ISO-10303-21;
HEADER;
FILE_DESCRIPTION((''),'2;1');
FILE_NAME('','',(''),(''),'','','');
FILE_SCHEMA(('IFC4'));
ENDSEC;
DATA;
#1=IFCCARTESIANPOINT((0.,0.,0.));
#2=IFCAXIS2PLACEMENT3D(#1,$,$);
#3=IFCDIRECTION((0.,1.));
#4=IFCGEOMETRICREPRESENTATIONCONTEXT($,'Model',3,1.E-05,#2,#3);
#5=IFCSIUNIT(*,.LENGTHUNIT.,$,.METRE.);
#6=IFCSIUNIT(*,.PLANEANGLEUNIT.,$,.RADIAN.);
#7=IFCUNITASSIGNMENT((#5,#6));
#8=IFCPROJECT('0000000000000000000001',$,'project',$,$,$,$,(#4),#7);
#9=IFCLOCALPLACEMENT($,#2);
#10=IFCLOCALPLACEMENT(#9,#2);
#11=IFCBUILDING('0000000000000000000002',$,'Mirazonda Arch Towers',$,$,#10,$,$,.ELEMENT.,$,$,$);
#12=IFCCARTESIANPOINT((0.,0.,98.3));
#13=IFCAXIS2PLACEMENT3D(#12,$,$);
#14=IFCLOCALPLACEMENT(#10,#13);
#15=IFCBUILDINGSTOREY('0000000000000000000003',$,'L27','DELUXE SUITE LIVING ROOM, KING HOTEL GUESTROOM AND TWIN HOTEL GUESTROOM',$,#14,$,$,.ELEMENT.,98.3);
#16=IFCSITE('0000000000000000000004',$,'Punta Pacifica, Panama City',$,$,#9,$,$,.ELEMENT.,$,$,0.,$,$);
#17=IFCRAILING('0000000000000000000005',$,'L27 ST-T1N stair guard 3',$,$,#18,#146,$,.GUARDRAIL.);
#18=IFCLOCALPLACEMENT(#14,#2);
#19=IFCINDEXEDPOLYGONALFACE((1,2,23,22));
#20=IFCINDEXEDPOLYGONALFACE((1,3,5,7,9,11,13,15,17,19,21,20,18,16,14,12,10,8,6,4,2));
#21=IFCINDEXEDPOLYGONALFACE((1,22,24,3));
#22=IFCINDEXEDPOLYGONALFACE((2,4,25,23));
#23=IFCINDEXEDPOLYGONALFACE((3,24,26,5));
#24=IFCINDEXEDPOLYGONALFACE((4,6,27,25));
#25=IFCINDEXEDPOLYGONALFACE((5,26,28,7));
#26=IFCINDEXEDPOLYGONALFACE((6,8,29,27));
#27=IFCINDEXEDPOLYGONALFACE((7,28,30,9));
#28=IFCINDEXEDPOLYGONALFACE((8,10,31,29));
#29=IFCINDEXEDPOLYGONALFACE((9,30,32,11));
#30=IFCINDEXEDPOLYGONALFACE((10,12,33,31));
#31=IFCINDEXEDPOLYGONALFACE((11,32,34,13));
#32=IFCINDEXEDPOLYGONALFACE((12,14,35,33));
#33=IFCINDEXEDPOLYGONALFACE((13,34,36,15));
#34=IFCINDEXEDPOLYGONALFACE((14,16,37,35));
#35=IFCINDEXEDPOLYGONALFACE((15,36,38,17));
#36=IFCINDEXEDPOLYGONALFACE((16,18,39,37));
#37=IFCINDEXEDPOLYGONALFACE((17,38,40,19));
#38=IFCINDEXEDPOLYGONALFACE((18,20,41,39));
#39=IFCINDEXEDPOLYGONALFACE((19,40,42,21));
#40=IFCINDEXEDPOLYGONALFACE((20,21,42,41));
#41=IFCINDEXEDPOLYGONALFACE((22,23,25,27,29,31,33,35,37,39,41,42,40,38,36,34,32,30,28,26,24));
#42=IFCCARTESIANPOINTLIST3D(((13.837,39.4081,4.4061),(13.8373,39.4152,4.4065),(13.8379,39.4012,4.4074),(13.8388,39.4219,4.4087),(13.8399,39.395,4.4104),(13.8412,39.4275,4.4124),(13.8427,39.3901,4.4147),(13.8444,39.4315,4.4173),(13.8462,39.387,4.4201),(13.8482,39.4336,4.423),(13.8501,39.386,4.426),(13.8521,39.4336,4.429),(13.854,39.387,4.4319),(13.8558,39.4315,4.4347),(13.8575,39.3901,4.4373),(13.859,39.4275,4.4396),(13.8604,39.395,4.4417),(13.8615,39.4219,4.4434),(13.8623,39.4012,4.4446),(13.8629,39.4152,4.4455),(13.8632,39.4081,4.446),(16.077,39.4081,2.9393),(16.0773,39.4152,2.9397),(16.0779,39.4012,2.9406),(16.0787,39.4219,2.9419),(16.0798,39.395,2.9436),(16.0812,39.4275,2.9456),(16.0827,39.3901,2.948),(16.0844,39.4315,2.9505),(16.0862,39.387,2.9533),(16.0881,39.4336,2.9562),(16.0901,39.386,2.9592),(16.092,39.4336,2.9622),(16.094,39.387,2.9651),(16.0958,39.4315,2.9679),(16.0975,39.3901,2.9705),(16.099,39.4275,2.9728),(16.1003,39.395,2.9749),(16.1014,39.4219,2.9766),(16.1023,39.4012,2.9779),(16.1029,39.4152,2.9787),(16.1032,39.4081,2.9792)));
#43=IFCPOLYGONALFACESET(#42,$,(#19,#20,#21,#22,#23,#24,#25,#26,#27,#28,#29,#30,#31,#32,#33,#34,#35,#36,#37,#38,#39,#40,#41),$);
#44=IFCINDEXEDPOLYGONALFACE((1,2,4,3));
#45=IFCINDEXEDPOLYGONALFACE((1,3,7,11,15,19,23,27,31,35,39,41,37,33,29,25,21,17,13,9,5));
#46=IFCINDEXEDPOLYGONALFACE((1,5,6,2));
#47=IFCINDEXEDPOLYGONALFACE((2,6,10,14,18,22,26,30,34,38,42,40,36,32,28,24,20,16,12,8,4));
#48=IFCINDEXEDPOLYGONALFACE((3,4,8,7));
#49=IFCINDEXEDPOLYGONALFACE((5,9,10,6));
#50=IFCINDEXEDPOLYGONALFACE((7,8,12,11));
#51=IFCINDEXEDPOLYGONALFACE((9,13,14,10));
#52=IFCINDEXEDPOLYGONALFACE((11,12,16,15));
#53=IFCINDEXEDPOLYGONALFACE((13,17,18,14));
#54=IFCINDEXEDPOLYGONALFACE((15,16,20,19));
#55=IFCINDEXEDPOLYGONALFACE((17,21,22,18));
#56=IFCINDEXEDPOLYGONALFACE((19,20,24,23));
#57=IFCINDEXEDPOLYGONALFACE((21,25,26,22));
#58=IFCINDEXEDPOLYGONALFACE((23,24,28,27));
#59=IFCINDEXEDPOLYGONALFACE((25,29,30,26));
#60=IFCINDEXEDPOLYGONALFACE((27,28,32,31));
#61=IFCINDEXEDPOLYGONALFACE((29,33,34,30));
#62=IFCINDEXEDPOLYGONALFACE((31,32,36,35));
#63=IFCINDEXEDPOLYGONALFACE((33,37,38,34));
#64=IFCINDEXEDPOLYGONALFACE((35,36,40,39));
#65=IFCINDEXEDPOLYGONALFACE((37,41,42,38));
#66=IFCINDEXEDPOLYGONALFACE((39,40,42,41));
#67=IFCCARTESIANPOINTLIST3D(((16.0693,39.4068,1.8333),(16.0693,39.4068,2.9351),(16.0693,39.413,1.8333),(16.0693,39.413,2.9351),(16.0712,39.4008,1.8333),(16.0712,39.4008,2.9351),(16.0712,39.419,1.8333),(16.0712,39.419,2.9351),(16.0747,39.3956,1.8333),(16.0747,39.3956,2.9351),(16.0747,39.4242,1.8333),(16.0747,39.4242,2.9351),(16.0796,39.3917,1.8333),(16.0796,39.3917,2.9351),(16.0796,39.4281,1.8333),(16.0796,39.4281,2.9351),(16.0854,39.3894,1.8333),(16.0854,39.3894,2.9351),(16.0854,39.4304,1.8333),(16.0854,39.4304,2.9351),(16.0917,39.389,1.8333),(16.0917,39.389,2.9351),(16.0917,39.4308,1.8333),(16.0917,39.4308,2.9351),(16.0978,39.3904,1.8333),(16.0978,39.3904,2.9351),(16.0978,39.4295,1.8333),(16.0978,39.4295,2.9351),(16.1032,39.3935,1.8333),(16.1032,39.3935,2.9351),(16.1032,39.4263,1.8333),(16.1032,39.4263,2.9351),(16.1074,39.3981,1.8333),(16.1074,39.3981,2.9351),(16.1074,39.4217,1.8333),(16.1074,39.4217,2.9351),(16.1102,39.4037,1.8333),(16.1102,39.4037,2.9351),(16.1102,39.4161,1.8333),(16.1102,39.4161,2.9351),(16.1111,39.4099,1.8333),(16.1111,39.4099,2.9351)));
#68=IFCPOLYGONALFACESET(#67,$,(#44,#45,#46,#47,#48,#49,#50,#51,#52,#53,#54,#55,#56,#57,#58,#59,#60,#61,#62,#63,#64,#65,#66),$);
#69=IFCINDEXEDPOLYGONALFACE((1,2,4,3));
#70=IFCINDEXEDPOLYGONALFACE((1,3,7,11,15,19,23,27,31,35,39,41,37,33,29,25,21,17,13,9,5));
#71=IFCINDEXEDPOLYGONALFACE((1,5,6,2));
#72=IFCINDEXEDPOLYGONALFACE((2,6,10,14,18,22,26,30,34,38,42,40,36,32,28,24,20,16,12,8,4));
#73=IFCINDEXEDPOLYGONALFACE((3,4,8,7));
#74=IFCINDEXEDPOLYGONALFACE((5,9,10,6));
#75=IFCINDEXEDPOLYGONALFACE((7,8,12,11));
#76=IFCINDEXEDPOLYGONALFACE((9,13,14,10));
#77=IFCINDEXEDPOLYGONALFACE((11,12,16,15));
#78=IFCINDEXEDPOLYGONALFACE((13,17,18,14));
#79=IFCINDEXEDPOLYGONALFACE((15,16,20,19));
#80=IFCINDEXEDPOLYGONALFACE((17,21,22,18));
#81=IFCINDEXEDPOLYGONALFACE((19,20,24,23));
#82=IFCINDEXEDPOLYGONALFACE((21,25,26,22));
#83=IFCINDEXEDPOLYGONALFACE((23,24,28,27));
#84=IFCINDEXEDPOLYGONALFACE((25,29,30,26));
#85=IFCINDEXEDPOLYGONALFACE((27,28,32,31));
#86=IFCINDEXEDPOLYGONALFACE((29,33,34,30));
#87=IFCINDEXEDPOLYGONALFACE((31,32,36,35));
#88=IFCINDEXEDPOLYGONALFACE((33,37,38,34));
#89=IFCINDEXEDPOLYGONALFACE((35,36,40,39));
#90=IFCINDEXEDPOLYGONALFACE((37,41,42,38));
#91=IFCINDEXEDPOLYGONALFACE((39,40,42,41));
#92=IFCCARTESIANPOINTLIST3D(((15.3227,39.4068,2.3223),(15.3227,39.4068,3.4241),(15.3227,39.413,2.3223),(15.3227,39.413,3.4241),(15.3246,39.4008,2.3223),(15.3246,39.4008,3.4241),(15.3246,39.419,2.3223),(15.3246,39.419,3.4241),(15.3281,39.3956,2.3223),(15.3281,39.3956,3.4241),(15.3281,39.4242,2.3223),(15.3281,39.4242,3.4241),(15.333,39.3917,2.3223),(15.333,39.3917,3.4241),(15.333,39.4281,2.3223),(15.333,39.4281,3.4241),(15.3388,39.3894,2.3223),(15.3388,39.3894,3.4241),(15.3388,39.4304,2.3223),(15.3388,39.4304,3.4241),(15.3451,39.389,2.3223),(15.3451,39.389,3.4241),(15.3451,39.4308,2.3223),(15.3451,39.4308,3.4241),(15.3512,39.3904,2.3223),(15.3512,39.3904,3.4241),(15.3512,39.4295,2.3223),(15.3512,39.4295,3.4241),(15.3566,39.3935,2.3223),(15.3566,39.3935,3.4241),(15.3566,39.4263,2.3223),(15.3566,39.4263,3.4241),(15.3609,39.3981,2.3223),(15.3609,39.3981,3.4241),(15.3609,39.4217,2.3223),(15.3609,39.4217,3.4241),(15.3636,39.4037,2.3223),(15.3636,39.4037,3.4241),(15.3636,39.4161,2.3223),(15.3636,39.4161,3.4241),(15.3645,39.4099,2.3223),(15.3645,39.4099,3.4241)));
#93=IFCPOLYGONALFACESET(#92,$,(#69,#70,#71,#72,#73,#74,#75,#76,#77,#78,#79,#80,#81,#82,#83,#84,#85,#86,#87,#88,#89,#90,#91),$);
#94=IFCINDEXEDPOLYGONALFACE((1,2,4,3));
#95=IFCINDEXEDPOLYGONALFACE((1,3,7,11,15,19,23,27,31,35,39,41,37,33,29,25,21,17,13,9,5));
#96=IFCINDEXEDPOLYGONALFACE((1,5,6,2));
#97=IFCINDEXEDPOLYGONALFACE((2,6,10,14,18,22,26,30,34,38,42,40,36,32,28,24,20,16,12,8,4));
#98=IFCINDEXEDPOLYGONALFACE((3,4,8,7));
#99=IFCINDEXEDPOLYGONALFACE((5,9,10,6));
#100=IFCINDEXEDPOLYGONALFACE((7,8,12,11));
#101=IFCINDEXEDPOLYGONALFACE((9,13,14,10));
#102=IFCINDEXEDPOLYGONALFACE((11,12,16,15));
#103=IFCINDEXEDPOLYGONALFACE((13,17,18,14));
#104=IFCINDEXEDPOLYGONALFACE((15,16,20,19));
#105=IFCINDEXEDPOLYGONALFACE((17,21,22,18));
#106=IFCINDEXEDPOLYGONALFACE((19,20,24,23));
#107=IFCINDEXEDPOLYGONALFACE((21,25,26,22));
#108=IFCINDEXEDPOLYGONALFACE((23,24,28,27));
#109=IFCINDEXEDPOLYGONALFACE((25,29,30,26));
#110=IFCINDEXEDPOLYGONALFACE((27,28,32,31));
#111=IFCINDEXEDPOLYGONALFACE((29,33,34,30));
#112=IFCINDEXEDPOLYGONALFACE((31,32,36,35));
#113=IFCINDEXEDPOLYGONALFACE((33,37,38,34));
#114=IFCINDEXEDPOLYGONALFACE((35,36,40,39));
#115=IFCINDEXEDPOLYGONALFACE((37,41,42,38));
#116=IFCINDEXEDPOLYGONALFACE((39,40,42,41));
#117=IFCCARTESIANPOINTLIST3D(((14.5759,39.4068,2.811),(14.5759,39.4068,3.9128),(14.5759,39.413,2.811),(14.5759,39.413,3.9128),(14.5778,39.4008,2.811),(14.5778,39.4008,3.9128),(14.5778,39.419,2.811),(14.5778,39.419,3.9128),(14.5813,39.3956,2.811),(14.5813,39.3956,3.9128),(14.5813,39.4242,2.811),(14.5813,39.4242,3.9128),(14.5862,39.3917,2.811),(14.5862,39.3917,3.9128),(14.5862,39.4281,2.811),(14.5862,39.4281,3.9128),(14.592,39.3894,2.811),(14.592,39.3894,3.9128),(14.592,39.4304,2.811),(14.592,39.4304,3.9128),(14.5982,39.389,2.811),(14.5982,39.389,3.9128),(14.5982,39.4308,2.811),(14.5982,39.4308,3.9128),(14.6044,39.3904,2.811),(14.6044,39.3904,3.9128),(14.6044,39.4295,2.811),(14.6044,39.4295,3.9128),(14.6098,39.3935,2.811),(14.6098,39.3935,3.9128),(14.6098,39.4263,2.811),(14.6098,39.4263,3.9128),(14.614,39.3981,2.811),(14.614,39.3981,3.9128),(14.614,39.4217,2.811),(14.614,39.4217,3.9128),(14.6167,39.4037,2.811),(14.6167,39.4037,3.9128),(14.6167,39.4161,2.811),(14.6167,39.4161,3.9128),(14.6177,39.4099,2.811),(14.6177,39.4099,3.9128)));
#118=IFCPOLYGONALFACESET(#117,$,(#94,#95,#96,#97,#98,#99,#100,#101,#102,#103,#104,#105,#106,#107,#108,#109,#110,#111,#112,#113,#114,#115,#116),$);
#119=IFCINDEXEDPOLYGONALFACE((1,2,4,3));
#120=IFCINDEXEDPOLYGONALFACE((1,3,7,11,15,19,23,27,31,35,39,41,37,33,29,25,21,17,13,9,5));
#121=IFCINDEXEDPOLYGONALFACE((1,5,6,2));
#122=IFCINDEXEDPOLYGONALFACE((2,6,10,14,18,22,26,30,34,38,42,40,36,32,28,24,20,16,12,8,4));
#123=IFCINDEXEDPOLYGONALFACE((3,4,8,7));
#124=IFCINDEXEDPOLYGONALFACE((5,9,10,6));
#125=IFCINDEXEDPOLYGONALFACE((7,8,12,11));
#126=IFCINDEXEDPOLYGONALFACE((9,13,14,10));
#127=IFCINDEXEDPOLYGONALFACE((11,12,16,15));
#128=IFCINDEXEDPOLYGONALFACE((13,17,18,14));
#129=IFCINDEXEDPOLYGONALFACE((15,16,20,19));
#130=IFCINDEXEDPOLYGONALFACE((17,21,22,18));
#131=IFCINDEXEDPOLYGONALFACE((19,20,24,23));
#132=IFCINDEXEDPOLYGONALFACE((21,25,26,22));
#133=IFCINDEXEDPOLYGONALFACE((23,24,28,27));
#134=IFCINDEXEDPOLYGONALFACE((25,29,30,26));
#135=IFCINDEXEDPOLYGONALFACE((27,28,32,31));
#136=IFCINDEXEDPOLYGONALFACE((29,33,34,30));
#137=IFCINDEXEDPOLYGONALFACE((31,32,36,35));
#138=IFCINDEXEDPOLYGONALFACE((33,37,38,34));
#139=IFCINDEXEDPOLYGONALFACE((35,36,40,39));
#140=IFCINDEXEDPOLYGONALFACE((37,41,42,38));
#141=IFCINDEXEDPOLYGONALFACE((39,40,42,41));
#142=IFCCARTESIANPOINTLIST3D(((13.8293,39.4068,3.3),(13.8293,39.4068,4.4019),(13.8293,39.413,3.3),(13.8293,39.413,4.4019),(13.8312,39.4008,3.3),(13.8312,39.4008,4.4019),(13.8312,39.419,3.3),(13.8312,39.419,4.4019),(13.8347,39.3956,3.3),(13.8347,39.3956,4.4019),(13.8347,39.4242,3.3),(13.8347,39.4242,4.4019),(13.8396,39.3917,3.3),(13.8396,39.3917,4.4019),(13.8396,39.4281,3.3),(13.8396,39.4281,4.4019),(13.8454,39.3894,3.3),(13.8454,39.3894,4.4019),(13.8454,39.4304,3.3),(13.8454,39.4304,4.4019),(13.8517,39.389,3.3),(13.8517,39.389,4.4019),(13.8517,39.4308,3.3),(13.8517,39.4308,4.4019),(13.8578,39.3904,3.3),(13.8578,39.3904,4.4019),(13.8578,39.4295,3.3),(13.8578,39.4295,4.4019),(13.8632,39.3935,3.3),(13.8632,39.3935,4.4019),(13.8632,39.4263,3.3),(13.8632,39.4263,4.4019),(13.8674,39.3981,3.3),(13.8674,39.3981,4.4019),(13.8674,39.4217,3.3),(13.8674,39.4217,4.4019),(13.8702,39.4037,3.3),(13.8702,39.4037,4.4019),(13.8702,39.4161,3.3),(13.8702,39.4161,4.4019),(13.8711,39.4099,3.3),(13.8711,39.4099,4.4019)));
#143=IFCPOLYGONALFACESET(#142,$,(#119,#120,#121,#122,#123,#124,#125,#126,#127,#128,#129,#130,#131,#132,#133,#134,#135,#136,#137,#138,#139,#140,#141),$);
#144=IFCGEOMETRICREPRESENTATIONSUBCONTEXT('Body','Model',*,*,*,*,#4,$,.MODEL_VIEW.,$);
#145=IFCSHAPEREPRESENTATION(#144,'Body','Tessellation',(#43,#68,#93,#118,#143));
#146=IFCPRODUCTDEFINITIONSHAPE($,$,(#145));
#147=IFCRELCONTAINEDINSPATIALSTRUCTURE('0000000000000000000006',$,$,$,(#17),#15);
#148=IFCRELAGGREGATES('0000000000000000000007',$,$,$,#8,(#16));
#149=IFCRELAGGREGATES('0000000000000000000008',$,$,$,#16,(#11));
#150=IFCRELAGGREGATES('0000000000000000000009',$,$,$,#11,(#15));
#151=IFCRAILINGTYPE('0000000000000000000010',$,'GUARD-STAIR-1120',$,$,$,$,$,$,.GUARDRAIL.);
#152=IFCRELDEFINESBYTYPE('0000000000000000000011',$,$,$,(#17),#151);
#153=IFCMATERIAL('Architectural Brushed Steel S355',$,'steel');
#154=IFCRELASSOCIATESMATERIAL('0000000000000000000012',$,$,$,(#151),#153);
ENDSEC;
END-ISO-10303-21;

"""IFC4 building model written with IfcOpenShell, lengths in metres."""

from ifc_helpers import new_model, si_unit, direction, frame, origin, origin_2d, place, context, subcontext, project, spatial, circle, extrude, material, type_object, element, save


model = new_model("IFC4")

# Units and contexts
model_context = context("Model", 3, precision=1e-05, world=origin(), true_north=direction((0.0, 1.0)))
body_context = subcontext(model_context, "Body", "Model", "MODEL_VIEW")
ifc_project = project(units=[si_unit("LENGTHUNIT", "METRE"), si_unit("PLANEANGLEUNIT", "RADIAN")], contexts=[model_context])

# Site, building, storey
site_placement = place(None, origin())
site = spatial("IfcSite", under=ifc_project, at=site_placement, Name="Punta Pacifica, Panama City", CompositionType="ELEMENT", RefElevation=0.0)
building_placement = place(site_placement, origin())
building = spatial("IfcBuilding", under=site, at=building_placement, Name="Mirazonda Arch Towers", CompositionType="ELEMENT")
storey_placement = place(building_placement, frame((0.0, 0.0, 98.3)))
storey = spatial("IfcBuildingStorey", under=building, at=storey_placement, Name="L27", Description="DELUXE SUITE LIVING ROOM, KING HOTEL GUESTROOM AND TWIN HOTEL GUESTROOM", CompositionType="ELEMENT", Elevation=98.3)

# Shared definitions
ifc_material_1 = material(Name="Architectural Brushed Steel S355", Category="steel")

# Railing
railing_type_1 = type_object("IfcRailingType", Name="GUARD-STAIR-1120", PredefinedType="GUARDRAIL", material=ifc_material_1)
railing_1_placement = place(storey_placement, frame((16.0901, 39.4099, 1.8333)))
element("IfcRailing", 1, at=railing_1_placement, inside=storey, type_object=railing_type_1, Name="L27 ST-T1N stair guard 3", PredefinedType="GUARDRAIL", context=body_context, shape_type="SweptSolid", body=[
    extrude(circle(Radius=0.0239, at=origin_2d()), frame((0.0, 0.0, 1.126), z_axis=(-0.836595, 0.0, 0.547822), x_axis=(0.0, -1.0, 0.0)), (0.0, 0.0, 1.0), 2.6775),
    extrude(circle(Radius=0.021, at=origin_2d()), origin(), (0.0, 0.0, 1.0), 1.1018),
    extrude(circle(Radius=0.021, at=origin_2d()), frame((-0.7466, 0.0, 0.489)), (0.0, 0.0, 1.0), 1.1018),
    extrude(circle(Radius=0.021, at=origin_2d()), frame((-1.4934, 0.0, 0.9778)), (0.0, 0.0, 1.0), 1.1018),
    extrude(circle(Radius=0.021, at=origin_2d()), frame((-2.24, 0.0, 1.4668)), (0.0, 0.0, 1.0), 1.1018),
])

save(model, "model.ifc")
